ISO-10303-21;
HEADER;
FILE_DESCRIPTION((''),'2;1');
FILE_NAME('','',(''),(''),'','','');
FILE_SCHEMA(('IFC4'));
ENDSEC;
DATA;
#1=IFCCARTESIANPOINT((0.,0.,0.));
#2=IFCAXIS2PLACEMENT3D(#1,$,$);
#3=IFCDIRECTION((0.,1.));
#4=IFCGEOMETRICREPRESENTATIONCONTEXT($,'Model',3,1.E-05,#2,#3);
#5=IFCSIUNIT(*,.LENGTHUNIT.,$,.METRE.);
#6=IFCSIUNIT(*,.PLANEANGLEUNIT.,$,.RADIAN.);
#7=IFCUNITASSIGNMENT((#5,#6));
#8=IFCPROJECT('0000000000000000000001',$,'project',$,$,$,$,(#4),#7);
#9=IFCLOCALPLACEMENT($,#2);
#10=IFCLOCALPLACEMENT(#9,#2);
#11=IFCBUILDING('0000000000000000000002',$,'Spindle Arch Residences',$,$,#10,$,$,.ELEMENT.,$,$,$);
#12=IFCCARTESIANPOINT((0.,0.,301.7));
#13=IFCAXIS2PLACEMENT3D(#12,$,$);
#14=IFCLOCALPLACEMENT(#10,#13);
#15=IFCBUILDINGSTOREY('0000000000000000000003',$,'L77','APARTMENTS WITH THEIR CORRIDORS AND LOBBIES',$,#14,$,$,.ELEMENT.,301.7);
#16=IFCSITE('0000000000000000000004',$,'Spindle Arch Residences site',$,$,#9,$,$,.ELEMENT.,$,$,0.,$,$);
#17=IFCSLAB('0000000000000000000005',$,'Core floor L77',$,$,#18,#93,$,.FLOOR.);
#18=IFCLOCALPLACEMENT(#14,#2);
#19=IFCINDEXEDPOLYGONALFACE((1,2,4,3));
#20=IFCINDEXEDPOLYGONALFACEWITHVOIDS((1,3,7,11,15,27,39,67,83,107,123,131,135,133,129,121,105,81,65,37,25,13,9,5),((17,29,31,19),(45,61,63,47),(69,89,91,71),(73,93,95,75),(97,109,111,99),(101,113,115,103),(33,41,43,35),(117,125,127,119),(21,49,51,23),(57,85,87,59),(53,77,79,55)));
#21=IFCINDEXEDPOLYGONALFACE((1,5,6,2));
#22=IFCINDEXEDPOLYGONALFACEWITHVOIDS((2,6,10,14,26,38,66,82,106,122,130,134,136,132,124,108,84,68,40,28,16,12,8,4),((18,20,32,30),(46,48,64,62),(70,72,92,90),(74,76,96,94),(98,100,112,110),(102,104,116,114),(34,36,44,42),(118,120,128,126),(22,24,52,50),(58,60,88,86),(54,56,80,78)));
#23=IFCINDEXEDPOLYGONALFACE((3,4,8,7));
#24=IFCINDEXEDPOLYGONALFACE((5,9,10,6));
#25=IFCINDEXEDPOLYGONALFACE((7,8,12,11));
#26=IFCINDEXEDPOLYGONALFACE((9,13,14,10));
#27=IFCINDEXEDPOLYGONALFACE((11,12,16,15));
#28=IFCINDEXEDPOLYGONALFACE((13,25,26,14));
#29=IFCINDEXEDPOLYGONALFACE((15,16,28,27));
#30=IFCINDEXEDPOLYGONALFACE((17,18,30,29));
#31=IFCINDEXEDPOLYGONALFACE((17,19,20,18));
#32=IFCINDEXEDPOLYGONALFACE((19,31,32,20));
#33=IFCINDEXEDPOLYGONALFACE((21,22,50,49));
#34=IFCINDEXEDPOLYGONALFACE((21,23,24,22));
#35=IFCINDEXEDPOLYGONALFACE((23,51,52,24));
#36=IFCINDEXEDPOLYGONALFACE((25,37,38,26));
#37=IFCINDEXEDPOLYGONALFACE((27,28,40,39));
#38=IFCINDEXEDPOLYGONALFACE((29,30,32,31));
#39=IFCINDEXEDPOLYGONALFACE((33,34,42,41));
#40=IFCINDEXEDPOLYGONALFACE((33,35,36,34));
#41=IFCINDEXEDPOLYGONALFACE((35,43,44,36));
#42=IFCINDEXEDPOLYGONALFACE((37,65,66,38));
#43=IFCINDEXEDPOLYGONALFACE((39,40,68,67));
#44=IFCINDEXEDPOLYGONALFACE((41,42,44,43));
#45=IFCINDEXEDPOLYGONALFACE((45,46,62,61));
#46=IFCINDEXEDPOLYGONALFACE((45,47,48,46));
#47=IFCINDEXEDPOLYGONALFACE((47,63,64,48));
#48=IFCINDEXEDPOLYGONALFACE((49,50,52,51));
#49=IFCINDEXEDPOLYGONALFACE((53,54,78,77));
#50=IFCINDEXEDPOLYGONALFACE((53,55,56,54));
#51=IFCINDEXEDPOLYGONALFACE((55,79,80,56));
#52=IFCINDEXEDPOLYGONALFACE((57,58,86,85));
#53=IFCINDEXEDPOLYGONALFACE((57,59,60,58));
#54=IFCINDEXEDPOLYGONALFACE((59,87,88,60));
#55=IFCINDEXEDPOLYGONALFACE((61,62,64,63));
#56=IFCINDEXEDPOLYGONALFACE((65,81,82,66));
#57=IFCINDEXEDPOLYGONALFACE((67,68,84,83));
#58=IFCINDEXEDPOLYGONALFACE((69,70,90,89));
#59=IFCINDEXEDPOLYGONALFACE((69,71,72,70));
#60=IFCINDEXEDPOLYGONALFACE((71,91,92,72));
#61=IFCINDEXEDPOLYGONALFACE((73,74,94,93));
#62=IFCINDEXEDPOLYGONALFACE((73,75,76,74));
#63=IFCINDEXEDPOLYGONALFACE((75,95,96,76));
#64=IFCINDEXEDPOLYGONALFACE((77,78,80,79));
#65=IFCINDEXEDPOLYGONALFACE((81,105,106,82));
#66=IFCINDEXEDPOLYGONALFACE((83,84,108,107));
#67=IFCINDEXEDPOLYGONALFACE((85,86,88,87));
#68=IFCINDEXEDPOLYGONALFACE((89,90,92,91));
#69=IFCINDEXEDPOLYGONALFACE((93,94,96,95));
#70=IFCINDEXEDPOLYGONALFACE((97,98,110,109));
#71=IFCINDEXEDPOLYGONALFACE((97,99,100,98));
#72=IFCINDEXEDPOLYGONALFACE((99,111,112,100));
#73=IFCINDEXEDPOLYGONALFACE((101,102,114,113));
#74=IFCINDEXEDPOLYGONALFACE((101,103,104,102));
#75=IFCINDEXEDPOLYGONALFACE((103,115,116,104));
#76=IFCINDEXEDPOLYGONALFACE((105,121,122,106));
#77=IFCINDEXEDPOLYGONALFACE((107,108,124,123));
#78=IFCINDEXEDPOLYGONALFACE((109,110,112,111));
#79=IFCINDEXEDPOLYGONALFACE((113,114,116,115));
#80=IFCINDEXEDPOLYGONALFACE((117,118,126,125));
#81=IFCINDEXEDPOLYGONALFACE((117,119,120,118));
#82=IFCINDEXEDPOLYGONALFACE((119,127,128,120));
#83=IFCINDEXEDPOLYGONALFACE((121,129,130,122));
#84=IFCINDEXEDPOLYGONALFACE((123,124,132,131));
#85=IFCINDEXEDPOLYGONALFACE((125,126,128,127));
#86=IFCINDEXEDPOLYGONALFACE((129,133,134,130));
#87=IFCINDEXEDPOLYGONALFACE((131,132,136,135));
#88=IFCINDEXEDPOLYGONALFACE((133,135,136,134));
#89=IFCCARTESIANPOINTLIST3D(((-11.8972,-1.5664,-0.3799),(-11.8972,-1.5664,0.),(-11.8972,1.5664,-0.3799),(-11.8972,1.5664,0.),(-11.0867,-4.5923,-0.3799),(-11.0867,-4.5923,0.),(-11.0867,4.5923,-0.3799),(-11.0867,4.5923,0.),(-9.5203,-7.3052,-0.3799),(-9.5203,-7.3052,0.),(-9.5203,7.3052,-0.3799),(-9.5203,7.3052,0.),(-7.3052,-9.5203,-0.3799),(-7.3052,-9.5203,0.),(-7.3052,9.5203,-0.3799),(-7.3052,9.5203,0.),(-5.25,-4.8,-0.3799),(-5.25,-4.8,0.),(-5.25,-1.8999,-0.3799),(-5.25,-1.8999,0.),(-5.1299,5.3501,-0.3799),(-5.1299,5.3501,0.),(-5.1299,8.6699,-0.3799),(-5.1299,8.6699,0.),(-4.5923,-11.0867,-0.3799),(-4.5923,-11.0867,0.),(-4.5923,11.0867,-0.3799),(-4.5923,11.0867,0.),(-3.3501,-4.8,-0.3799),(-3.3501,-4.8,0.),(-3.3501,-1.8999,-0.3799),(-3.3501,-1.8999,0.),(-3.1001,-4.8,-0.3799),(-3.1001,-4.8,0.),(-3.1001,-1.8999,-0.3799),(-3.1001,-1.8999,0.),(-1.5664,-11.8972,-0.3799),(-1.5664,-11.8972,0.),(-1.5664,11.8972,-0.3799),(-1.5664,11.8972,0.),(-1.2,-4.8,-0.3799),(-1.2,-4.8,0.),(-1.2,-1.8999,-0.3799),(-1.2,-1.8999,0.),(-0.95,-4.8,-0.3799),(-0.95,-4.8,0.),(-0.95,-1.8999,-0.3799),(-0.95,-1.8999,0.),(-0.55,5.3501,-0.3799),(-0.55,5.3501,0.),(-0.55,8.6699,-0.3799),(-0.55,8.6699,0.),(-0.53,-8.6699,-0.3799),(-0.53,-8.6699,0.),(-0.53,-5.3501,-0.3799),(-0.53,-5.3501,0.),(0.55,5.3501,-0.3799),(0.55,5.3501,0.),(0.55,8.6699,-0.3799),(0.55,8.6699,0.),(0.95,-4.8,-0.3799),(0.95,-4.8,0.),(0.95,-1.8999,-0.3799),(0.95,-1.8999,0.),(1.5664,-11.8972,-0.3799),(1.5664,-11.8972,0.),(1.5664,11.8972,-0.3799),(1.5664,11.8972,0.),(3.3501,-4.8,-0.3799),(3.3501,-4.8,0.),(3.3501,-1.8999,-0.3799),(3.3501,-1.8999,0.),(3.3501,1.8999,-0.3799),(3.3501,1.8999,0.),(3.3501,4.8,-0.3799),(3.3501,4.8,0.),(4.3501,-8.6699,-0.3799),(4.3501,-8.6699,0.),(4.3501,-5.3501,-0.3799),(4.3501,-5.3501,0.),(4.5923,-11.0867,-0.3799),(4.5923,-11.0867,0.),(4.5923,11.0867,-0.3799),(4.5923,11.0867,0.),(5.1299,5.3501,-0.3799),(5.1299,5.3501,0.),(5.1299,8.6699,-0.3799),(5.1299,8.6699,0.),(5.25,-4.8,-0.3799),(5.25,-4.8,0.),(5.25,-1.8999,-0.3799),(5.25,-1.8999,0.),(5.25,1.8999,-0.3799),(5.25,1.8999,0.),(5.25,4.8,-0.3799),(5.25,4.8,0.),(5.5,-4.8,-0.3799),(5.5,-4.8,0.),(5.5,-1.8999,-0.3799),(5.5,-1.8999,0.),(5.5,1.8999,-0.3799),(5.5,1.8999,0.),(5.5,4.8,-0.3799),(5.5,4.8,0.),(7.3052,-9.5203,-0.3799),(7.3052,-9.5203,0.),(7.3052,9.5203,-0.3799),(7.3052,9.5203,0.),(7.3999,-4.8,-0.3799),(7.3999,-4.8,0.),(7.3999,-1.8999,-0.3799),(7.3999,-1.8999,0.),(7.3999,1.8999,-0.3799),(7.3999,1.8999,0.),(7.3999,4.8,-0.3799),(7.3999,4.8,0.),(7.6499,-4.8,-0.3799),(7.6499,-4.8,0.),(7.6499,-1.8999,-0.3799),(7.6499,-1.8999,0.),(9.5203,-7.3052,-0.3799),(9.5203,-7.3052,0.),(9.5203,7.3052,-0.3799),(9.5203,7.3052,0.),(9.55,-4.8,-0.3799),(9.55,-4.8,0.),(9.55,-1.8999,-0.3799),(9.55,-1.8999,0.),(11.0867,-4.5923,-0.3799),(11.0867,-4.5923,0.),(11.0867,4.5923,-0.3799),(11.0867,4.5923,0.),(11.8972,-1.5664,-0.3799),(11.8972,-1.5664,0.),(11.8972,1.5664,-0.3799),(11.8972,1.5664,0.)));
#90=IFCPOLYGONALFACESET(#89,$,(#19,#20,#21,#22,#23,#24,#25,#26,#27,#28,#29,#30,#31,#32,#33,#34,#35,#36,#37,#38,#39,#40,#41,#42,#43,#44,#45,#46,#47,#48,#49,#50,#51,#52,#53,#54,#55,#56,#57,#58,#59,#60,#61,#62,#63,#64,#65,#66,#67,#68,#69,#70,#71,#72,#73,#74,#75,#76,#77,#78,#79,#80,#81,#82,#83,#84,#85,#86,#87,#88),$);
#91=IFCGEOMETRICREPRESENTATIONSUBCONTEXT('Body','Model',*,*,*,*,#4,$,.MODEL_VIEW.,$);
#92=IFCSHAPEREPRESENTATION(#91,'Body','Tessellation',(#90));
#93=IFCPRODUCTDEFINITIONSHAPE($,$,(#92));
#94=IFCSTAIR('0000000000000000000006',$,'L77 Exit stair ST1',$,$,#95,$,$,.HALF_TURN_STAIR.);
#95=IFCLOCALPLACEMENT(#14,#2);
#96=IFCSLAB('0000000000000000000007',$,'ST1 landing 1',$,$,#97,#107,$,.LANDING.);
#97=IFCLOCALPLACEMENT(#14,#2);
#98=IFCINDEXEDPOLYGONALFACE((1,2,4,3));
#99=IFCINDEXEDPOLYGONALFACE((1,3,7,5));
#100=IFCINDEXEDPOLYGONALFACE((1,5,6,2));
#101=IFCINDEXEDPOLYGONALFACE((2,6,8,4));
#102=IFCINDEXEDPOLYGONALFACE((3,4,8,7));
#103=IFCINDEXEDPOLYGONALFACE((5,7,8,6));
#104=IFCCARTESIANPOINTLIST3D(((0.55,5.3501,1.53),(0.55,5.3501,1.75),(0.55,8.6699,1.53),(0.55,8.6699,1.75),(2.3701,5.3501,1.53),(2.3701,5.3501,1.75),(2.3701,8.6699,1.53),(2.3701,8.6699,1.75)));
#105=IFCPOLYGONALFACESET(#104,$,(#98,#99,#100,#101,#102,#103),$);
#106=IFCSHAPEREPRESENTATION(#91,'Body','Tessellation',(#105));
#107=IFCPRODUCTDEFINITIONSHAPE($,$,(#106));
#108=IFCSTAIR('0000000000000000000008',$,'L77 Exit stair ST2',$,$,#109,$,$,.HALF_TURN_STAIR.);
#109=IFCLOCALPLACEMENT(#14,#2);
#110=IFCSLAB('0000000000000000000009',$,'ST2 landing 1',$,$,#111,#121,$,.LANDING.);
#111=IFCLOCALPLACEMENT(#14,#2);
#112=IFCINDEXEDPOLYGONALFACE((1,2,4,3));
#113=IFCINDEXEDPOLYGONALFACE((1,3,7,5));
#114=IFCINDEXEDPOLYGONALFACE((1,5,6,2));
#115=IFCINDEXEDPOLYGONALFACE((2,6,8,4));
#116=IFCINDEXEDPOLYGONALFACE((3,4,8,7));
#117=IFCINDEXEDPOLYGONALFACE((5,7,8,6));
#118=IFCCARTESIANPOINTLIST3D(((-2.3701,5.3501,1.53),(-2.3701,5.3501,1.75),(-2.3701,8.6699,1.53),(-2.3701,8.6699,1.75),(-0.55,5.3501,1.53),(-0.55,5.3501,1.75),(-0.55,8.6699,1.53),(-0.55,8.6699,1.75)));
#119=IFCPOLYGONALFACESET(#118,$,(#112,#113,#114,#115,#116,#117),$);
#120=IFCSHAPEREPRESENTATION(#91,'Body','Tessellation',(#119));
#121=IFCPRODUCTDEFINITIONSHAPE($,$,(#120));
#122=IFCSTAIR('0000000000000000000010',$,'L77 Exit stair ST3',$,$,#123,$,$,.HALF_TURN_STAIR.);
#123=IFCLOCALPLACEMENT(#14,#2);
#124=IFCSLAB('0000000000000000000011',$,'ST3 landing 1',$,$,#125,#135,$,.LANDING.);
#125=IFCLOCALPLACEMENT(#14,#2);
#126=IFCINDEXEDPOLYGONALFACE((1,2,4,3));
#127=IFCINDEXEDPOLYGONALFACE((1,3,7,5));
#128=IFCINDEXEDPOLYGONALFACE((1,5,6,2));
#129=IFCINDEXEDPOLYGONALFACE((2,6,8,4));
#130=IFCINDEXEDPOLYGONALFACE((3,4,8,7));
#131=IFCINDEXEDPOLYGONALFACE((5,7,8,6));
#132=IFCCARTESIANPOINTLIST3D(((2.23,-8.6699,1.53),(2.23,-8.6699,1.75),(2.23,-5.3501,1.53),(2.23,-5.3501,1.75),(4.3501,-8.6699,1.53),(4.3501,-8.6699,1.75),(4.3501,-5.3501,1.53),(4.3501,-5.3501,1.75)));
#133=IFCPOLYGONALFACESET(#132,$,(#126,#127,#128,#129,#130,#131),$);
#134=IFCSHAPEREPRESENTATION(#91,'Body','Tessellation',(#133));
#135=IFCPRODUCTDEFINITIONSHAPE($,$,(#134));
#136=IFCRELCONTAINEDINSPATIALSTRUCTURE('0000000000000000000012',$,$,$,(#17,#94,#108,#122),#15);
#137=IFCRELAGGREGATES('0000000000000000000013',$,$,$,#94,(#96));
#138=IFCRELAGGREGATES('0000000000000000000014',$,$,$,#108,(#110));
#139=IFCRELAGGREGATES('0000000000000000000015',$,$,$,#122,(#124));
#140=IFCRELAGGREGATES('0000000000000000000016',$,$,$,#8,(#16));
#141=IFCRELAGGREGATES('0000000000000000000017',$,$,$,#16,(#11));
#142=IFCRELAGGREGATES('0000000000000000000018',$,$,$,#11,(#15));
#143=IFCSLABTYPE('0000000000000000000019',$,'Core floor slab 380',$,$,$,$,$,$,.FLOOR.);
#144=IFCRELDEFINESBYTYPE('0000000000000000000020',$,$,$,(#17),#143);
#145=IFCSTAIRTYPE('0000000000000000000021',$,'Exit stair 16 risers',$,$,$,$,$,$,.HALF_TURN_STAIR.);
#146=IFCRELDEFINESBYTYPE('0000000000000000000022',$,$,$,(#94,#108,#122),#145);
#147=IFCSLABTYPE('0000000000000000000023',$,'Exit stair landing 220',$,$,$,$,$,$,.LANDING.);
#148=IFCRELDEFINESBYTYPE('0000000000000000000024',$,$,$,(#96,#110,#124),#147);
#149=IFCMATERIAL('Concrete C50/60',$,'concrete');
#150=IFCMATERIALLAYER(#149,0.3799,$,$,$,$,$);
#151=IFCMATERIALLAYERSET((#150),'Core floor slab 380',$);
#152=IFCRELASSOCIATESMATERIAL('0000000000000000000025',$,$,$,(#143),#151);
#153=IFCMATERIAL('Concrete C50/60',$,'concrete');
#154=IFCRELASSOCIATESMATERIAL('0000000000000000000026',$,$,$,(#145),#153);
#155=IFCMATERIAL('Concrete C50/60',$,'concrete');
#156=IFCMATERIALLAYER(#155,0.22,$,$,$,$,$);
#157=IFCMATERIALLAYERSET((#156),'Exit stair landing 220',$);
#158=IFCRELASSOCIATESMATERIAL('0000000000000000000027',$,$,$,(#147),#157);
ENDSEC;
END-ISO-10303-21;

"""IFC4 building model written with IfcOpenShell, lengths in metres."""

from ifc_helpers import new_model, si_unit, direction, frame, origin, place, context, subcontext, project, spatial, polyline, outline, extrude, material, layer, layer_set, type_object, element, aggregate, save


model = new_model("IFC4")

# Units and contexts
model_context = context("Model", 3, precision=1e-05, world=origin(), true_north=direction((0.0, 1.0)))
body_context = subcontext(model_context, "Body", "Model", "MODEL_VIEW")
ifc_project = project(units=[si_unit("LENGTHUNIT", "METRE"), si_unit("PLANEANGLEUNIT", "RADIAN")], contexts=[model_context])

# Site, building, storey
site_placement = place(None, origin())
site = spatial("IfcSite", under=ifc_project, at=site_placement, Name="Spindle Arch Residences site", CompositionType="ELEMENT", RefElevation=0.0)
building_placement = place(site_placement, origin())
building = spatial("IfcBuilding", under=site, at=building_placement, Name="Spindle Arch Residences", CompositionType="ELEMENT")
storey_placement = place(building_placement, frame((0.0, 0.0, 301.7)))
storey = spatial("IfcBuildingStorey", under=building, at=storey_placement, Name="L77", Description="APARTMENTS WITH THEIR CORRIDORS AND LOBBIES", CompositionType="ELEMENT", Elevation=301.7)

# Slab
ifc_material_1 = material(Name="Concrete C50/60", Category="concrete")
ifc_layer_1 = layer(ifc_material_1, 0.3799)
ifc_layer_set_1 = layer_set([ifc_layer_1], Name="Core floor slab 380")
slab_type_1 = type_object("IfcSlabType", Name="Core floor slab 380", PredefinedType="FLOOR", material=ifc_layer_set_1)
slab_1_placement = place(storey_placement, frame((0.0, 0.0, -0.3799)))
element("IfcSlab", 1, at=slab_1_placement, inside=storey, type_object=slab_type_1, Name="Core floor L77", PredefinedType="FLOOR", context=body_context, shape_type="SweptSolid", body=[
    extrude(outline(polyline([(1.5664, -11.8972), (4.5923, -11.0867), (7.3052, -9.5203), (9.5203, -7.3052), (11.0867, -4.5923), (11.8972, -1.5664), (11.8972, 1.5664), (11.0867, 4.5923), (9.5203, 7.3052), (7.3052, 9.5203), (4.5923, 11.0867), (1.5664, 11.8972), (-1.5664, 11.8972), (-4.5923, 11.0867), (-7.3052, 9.5203), (-9.5203, 7.3052), (-11.0867, 4.5923), (-11.8972, 1.5664), (-11.8972, -1.5664), (-11.0867, -4.5923), (-9.5203, -7.3052), (-7.3052, -9.5203), (-4.5923, -11.0867), (-1.5664, -11.8972), (1.5664, -11.8972)]), holes=[polyline([(3.3501, 1.8999), (5.25, 1.8999), (5.25, 4.8), (3.3501, 4.8), (3.3501, 1.8999)]), polyline([(5.5, 1.8999), (7.3999, 1.8999), (7.3999, 4.8), (5.5, 4.8), (5.5, 1.8999)]), polyline([(-5.25, -4.8), (-3.3501, -4.8), (-3.3501, -1.8999), (-5.25, -1.8999), (-5.25, -4.8)]), polyline([(-3.1001, -4.8), (-1.2, -4.8), (-1.2, -1.8999), (-3.1001, -1.8999), (-3.1001, -4.8)]), polyline([(-0.95, -4.8), (0.95, -4.8), (0.95, -1.8999), (-0.95, -1.8999), (-0.95, -4.8)]), polyline([(3.3501, -4.8), (5.25, -4.8), (5.25, -1.8999), (3.3501, -1.8999), (3.3501, -4.8)]), polyline([(5.5, -4.8), (7.3999, -4.8), (7.3999, -1.8999), (5.5, -1.8999), (5.5, -4.8)]), polyline([(7.6499, -4.8), (9.55, -4.8), (9.55, -1.8999), (7.6499, -1.8999), (7.6499, -4.8)]), polyline([(5.1299, 8.6699), (0.55, 8.6699), (0.55, 5.3501), (5.1299, 5.3501), (5.1299, 8.6699)]), polyline([(-5.1299, 5.3501), (-0.55, 5.3501), (-0.55, 8.6699), (-5.1299, 8.6699), (-5.1299, 5.3501)]), polyline([(-0.53, -8.6699), (4.3501, -8.6699), (4.3501, -5.3501), (-0.53, -5.3501), (-0.53, -8.6699)])]), origin(), (0.0, 0.0, 1.0), 0.3799),
])

# Stairs, slabs
ifc_material_2 = material(Name="Concrete C50/60", Category="concrete")
stair_type = type_object("IfcStairType", Name="Exit stair 16 risers", PredefinedType="HALF_TURN_STAIR", material=ifc_material_2)
stair_1_placement = place(storey_placement, origin())
stair_1 = element("IfcStair", 2, at=stair_1_placement, inside=storey, type_object=stair_type, Name="L77 Exit stair ST1", PredefinedType="HALF_TURN_STAIR")
ifc_material_3 = material(Name="Concrete C50/60", Category="concrete")
ifc_layer_2 = layer(ifc_material_3, 0.22)
ifc_layer_set_2 = layer_set([ifc_layer_2], Name="Exit stair landing 220")
slab_type_2 = type_object("IfcSlabType", Name="Exit stair landing 220", PredefinedType="LANDING", material=ifc_layer_set_2)
slab_2_placement = place(storey_placement, frame((0.0, 0.0, 1.53)))
slab_2 = element("IfcSlab", 3, at=slab_2_placement, type_object=slab_type_2, Name="ST1 landing 1", PredefinedType="LANDING", context=body_context, shape_type="SweptSolid", body=[
    extrude(outline(polyline([(2.3701, 8.6699), (0.55, 8.6699), (0.55, 5.3501), (2.3701, 5.3501), (2.3701, 8.6699)])), origin(), (0.0, 0.0, 1.0), 0.22),
])
aggregate(stair_1, [slab_2])
stair_2_placement = place(storey_placement, origin())
stair_2 = element("IfcStair", 4, at=stair_2_placement, inside=storey, type_object=stair_type, Name="L77 Exit stair ST2", PredefinedType="HALF_TURN_STAIR")
slab_3_placement = place(storey_placement, frame((0.0, 0.0, 1.53)))
slab_3 = element("IfcSlab", 5, at=slab_3_placement, type_object=slab_type_2, Name="ST2 landing 1", PredefinedType="LANDING", context=body_context, shape_type="SweptSolid", body=[
    extrude(outline(polyline([(-2.3701, 5.3501), (-0.55, 5.3501), (-0.55, 8.6699), (-2.3701, 8.6699), (-2.3701, 5.3501)])), origin(), (0.0, 0.0, 1.0), 0.22),
])
aggregate(stair_2, [slab_3])
stair_3_placement = place(storey_placement, origin())
stair_3 = element("IfcStair", 6, at=stair_3_placement, inside=storey, type_object=stair_type, Name="L77 Exit stair ST3", PredefinedType="HALF_TURN_STAIR")
slab_4_placement = place(storey_placement, frame((0.0, 0.0, 1.53)))
slab_4 = element("IfcSlab", 7, at=slab_4_placement, type_object=slab_type_2, Name="ST3 landing 1", PredefinedType="LANDING", context=body_context, shape_type="SweptSolid", body=[
    extrude(outline(polyline([(2.23, -8.6699), (4.3501, -8.6699), (4.3501, -5.3501), (2.23, -5.3501), (2.23, -8.6699)])), origin(), (0.0, 0.0, 1.0), 0.22),
])

aggregate(stair_3, [slab_4])

save(model, "model.ifc")
